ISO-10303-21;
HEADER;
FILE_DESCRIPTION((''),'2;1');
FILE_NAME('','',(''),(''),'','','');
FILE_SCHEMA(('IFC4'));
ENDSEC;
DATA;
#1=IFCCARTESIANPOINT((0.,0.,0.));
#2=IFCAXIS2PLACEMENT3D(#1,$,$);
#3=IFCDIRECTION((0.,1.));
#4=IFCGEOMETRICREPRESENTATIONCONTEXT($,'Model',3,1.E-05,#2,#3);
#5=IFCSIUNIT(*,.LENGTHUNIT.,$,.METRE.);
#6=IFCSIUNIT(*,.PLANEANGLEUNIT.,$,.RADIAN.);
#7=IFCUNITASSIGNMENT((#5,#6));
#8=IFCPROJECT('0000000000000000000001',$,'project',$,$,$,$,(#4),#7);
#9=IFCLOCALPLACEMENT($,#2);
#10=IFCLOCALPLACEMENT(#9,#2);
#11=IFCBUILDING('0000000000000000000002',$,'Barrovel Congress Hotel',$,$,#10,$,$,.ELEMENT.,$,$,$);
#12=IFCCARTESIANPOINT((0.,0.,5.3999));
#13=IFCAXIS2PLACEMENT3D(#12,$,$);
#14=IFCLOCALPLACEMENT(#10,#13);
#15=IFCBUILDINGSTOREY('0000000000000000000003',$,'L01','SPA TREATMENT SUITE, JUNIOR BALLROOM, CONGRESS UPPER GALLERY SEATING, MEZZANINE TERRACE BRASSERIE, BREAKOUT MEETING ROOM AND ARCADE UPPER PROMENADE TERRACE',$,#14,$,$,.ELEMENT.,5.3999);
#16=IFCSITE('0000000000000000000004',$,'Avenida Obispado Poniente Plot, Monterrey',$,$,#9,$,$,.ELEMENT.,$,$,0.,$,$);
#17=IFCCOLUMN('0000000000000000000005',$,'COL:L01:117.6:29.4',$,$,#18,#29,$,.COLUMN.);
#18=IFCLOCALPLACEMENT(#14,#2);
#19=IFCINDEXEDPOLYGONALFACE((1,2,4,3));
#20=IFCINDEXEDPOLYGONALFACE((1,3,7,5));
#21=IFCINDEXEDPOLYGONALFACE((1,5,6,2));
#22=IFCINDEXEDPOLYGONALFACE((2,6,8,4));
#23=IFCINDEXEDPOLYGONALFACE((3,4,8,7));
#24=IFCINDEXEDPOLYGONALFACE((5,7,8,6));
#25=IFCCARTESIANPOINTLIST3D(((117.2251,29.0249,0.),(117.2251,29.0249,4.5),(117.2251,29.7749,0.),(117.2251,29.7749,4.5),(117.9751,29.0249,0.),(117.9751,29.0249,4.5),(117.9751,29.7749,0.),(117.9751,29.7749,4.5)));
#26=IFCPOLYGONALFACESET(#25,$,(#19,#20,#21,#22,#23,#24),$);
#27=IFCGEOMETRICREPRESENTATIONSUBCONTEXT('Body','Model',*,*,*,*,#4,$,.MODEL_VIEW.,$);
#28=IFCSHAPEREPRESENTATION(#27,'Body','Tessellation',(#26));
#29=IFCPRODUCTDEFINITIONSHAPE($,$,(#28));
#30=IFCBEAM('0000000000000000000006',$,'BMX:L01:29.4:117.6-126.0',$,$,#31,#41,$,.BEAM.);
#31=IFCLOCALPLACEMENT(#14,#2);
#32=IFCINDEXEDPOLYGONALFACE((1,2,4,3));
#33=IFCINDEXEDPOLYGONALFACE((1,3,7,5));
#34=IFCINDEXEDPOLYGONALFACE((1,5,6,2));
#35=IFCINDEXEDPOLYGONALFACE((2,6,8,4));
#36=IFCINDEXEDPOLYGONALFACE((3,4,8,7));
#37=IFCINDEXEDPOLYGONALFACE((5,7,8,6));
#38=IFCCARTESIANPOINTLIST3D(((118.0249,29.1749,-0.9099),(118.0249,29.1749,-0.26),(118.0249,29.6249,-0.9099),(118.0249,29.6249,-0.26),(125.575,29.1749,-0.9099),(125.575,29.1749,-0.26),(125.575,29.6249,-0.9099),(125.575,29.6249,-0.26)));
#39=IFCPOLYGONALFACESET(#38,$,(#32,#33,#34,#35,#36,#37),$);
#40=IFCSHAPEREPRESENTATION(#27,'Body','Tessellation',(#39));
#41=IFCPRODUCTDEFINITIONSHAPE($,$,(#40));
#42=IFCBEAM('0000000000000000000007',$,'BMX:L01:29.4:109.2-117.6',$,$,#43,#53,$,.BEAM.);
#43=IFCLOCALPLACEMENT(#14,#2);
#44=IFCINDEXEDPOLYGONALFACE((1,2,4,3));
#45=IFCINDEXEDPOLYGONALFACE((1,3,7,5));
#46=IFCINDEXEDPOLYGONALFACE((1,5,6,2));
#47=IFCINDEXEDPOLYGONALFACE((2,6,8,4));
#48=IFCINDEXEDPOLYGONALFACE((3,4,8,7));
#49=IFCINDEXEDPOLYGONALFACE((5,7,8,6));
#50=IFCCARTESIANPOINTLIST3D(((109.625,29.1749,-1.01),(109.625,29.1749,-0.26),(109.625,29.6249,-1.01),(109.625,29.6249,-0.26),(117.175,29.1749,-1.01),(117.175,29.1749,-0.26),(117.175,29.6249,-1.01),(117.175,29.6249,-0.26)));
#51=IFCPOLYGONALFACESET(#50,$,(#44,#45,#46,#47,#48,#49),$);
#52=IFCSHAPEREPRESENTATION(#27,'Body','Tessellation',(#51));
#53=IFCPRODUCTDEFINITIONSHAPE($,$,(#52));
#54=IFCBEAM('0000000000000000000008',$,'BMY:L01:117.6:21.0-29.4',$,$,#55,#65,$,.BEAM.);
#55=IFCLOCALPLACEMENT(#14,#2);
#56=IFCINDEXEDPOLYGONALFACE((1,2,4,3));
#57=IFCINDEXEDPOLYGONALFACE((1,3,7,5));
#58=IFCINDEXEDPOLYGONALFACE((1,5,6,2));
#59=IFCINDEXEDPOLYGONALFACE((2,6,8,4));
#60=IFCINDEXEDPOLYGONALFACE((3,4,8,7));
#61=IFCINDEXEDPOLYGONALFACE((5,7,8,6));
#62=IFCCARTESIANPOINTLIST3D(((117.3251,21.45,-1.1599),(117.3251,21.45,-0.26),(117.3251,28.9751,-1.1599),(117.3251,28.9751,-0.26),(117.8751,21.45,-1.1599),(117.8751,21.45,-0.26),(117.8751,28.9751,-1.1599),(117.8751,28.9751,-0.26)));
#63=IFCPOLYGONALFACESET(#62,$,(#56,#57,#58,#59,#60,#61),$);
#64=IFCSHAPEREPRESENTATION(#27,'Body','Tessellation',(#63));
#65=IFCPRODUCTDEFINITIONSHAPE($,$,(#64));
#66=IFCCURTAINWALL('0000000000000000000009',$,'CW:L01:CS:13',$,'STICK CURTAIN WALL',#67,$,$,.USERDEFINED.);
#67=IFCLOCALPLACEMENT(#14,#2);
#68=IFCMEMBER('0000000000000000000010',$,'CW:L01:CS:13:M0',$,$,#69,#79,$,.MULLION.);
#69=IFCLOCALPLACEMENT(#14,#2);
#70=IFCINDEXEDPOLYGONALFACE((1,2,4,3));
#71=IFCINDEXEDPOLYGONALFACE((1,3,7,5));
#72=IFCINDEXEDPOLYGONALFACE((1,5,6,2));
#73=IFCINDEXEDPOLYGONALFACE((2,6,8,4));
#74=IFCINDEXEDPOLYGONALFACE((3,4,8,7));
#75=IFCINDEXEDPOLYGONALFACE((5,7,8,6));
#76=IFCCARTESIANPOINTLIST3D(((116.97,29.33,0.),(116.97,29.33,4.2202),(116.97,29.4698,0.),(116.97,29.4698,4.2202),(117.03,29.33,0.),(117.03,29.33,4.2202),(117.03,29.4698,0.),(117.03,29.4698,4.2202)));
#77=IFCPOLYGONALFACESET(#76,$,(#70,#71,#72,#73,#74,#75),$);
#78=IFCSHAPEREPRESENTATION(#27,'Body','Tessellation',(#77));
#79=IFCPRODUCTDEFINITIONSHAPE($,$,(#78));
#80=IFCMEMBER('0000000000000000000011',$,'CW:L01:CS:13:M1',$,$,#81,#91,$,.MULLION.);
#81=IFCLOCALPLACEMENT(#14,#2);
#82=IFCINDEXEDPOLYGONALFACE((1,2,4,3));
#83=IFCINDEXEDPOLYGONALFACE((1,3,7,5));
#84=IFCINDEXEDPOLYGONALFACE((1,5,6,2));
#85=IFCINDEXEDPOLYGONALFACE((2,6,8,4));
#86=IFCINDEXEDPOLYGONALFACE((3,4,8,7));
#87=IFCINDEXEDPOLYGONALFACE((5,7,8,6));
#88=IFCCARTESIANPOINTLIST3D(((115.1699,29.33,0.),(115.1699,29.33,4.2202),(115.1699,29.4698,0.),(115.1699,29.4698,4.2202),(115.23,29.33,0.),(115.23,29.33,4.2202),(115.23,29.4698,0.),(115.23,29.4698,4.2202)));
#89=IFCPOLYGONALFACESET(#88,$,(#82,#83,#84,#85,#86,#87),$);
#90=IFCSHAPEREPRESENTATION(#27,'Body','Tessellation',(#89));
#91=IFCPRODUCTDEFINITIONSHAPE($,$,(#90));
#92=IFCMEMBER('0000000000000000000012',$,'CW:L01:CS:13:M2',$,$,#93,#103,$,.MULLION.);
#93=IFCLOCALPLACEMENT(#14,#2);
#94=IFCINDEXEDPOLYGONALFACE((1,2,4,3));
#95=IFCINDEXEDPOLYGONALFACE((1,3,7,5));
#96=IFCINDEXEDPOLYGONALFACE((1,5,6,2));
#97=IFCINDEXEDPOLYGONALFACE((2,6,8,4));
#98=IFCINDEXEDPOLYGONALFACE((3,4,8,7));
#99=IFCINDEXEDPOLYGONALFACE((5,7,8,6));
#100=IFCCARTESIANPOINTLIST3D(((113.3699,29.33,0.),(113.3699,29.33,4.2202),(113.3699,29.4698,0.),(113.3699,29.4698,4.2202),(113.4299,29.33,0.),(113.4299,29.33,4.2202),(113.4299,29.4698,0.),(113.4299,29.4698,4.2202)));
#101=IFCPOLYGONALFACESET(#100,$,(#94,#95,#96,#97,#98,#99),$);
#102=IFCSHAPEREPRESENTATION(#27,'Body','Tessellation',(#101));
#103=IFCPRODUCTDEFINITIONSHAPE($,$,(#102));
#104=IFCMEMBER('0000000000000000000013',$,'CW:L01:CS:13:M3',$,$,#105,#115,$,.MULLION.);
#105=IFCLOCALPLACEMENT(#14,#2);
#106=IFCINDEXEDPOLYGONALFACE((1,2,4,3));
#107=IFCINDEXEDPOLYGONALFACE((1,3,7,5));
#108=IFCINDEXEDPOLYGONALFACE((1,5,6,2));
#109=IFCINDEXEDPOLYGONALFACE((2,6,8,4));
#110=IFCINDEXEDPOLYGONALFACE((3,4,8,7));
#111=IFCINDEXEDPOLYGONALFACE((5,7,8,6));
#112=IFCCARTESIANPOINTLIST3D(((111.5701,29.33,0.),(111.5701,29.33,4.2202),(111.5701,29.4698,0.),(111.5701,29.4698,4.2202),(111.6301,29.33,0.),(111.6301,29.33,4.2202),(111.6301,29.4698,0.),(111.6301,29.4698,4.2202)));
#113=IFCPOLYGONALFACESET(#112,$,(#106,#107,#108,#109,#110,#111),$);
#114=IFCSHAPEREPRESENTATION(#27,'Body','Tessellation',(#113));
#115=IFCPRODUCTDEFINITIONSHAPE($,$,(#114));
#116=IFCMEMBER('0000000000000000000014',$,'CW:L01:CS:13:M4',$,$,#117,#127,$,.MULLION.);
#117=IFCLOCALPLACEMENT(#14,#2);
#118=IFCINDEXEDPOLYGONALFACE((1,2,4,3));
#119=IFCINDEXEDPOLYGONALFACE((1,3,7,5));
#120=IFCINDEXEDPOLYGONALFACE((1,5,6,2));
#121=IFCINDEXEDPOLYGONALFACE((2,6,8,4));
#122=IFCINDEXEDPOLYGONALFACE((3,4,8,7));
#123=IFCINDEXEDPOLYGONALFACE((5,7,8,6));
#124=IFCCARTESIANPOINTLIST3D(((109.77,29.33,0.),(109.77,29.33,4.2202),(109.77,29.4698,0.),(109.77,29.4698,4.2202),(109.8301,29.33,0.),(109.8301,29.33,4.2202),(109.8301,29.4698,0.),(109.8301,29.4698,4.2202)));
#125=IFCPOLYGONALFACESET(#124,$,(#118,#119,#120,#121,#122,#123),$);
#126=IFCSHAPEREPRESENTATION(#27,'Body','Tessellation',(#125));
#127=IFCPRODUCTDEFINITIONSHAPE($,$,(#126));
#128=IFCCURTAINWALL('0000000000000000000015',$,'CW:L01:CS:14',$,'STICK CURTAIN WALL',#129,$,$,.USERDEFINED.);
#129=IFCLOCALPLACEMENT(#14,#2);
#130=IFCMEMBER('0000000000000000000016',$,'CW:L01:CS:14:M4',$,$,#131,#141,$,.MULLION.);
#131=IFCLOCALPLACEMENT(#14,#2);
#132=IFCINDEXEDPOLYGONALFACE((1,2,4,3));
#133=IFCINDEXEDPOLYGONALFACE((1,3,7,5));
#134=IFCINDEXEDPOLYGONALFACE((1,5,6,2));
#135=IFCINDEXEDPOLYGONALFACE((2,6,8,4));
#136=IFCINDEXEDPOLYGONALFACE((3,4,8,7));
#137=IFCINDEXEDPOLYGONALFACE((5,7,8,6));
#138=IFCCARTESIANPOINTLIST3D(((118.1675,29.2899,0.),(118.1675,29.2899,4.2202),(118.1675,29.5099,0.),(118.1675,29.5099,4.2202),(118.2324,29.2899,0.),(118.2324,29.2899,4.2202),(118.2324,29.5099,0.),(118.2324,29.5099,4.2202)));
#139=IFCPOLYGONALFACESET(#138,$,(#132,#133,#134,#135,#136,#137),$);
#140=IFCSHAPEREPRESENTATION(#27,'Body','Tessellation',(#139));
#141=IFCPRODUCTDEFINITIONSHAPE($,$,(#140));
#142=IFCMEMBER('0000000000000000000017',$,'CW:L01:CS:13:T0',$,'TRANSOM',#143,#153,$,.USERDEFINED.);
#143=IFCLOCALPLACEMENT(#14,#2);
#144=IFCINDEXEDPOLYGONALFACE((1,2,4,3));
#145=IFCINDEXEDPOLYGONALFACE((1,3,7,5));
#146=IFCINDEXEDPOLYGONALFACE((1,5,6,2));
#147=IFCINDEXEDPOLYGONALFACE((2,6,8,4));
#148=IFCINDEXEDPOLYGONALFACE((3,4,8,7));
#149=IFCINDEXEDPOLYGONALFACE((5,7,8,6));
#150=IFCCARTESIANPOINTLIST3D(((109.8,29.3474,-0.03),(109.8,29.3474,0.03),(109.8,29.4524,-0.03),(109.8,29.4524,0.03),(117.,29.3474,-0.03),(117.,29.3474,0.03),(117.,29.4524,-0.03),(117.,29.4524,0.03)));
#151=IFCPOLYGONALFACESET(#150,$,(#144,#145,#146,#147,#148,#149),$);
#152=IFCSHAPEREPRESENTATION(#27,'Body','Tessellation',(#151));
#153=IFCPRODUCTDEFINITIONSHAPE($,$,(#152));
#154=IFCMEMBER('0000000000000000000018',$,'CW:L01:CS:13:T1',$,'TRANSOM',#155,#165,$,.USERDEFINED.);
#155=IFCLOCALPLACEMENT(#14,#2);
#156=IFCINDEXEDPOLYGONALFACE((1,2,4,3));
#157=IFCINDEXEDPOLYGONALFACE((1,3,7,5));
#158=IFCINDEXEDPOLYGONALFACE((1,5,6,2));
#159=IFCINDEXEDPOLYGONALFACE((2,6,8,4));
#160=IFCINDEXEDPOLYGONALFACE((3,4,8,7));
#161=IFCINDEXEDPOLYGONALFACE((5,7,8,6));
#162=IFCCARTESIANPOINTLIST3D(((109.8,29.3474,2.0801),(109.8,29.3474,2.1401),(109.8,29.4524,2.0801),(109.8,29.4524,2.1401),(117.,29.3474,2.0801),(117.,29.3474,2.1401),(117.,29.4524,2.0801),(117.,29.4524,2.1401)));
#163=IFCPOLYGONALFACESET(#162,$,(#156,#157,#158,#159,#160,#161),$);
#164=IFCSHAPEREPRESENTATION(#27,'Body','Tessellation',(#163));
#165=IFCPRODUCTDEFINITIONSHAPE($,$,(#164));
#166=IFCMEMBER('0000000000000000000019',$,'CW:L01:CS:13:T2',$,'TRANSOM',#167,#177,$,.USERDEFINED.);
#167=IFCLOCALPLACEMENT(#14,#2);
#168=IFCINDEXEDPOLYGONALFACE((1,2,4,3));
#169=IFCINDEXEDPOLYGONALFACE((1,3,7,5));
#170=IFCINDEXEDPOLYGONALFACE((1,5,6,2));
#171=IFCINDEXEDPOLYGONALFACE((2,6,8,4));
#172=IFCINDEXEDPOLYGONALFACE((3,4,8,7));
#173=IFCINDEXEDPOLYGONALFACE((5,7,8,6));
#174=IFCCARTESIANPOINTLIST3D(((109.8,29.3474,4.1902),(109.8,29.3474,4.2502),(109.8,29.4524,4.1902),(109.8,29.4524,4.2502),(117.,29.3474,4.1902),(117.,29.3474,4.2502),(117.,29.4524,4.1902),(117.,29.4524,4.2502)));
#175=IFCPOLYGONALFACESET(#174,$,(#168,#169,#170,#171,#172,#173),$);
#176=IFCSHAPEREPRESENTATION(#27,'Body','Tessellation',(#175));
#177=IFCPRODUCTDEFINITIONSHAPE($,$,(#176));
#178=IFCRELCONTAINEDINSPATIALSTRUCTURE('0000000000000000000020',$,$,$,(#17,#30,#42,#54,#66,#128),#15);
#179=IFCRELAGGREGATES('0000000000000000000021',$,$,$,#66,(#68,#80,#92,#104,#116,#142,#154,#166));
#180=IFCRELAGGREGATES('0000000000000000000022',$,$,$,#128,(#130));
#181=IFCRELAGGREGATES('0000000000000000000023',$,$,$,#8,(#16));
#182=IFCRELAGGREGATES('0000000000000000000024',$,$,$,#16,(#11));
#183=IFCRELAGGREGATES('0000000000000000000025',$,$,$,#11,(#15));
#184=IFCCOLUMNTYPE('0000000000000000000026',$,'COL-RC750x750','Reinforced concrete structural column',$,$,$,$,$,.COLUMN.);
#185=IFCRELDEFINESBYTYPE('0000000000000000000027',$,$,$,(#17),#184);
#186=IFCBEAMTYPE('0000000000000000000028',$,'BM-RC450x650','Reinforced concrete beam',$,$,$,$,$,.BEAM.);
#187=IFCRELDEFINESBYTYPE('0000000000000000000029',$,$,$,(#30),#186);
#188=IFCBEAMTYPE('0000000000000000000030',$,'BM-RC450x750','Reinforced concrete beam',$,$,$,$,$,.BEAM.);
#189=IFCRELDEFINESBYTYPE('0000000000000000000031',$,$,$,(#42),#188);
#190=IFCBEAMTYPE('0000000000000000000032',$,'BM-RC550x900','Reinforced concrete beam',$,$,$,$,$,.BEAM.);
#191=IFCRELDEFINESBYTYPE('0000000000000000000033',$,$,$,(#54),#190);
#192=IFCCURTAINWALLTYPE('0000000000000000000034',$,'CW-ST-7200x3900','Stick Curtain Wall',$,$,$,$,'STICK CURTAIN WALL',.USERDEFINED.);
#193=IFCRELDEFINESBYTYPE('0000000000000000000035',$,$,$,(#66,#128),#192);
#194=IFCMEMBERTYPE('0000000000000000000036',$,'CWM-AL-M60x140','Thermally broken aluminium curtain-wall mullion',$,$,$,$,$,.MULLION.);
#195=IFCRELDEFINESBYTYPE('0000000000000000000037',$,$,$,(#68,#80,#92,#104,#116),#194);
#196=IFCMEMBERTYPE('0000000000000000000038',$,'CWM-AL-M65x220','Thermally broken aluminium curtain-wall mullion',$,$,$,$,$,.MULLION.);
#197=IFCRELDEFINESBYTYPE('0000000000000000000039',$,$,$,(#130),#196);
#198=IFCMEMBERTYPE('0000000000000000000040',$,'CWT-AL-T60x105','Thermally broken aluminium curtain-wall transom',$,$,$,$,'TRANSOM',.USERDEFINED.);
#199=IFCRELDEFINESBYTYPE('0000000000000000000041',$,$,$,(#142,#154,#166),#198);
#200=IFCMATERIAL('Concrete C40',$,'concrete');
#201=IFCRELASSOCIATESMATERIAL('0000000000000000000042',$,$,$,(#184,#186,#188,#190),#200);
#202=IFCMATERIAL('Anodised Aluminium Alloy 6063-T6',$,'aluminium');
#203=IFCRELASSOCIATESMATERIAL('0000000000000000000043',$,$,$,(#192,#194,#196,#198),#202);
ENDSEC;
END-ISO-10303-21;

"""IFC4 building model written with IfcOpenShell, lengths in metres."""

from ifc_helpers import new_model, si_unit, direction, frame, origin, origin_2d, place, context, subcontext, project, spatial, rectangle, extrude, material, material_profile, profile_set, type_object, element, aggregate, save


model = new_model("IFC4")

# Units and contexts
model_context = context("Model", 3, precision=1e-05, world=origin(), true_north=direction((0.0, 1.0)))
body_context = subcontext(model_context, "Body", "Model", "MODEL_VIEW")
ifc_project = project(units=[si_unit("LENGTHUNIT", "METRE"), si_unit("PLANEANGLEUNIT", "RADIAN")], contexts=[model_context])

# Site, building, storey
site_placement = place(None, origin())
site = spatial("IfcSite", under=ifc_project, at=site_placement, Name="Avenida Obispado Poniente Plot, Monterrey", CompositionType="ELEMENT", RefElevation=0.0)
building_placement = place(site_placement, origin())
building = spatial("IfcBuilding", under=site, at=building_placement, Name="Barrovel Congress Hotel", CompositionType="ELEMENT")
storey_placement = place(building_placement, frame((0.0, 0.0, 5.3999)))
storey = spatial("IfcBuildingStorey", under=building, at=storey_placement, Name="L01", Description="SPA TREATMENT SUITE, JUNIOR BALLROOM, CONGRESS UPPER GALLERY SEATING, MEZZANINE TERRACE BRASSERIE, BREAKOUT MEETING ROOM AND ARCADE UPPER PROMENADE TERRACE", CompositionType="ELEMENT", Elevation=5.3999)

# Column
ifc_material_1 = material(Name="Concrete C40", Category="concrete")
ifc_material_profile_1 = material_profile(ifc_material_1, rectangle(XDim=0.75, YDim=0.75, at=origin_2d()), Name="RC750x750")
ifc_profile_set_1 = profile_set([ifc_material_profile_1], Name="Concrete C40")
column_type = type_object("IfcColumnType", Name="COL-RC750x750", Description="Reinforced concrete structural column", PredefinedType="COLUMN", material=ifc_profile_set_1)
column_placement = place(storey_placement, frame((117.6001, 29.3999, 0.0), z_axis=(0.0, 0.0, 1.0), x_axis=(1.0, 0.0, 0.0)))
element("IfcColumn", 1, at=column_placement, inside=storey, type_object=column_type, Name="COL:L01:117.6:29.4", PredefinedType="COLUMN", context=body_context, shape_type="SweptSolid", body=[
    extrude(rectangle(XDim=0.75, YDim=0.75, at=origin_2d()), origin(), (0.0, 0.0, 1.0), 4.5),
])

# Beams
ifc_material_profile_2 = material_profile(ifc_material_1, rectangle(XDim=0.45, YDim=0.6499, at=origin_2d()), Name="RC450x650")
ifc_profile_set_2 = profile_set([ifc_material_profile_2], Name="Concrete C40")
beam_type_1 = type_object("IfcBeamType", Name="BM-RC450x650", Description="Reinforced concrete beam", PredefinedType="BEAM", material=ifc_profile_set_2)
beam_1_placement = place(storey_placement, frame((118.0249, 29.3999, -0.585), z_axis=(1.0, 0.0, 0.0), x_axis=(0.0, 1.0, 0.0)))
element("IfcBeam", 2, at=beam_1_placement, inside=storey, type_object=beam_type_1, Name="BMX:L01:29.4:117.6-126.0", PredefinedType="BEAM", context=body_context, shape_type="SweptSolid", body=[
    extrude(rectangle(XDim=0.45, YDim=0.6499, at=origin_2d()), origin(), (0.0, 0.0, 1.0), 7.55),
])
ifc_material_profile_3 = material_profile(ifc_material_1, rectangle(XDim=0.45, YDim=0.75, at=origin_2d()), Name="RC450x750")
ifc_profile_set_3 = profile_set([ifc_material_profile_3], Name="Concrete C40")
beam_type_2 = type_object("IfcBeamType", Name="BM-RC450x750", Description="Reinforced concrete beam", PredefinedType="BEAM", material=ifc_profile_set_3)
beam_2_placement = place(storey_placement, frame((109.625, 29.3999, -0.635), z_axis=(1.0, 0.0, 0.0), x_axis=(0.0, 1.0, 0.0)))
element("IfcBeam", 3, at=beam_2_placement, inside=storey, type_object=beam_type_2, Name="BMX:L01:29.4:109.2-117.6", PredefinedType="BEAM", context=body_context, shape_type="SweptSolid", body=[
    extrude(rectangle(XDim=0.45, YDim=0.75, at=origin_2d()), origin(), (0.0, 0.0, 1.0), 7.55),
])
ifc_material_profile_4 = material_profile(ifc_material_1, rectangle(XDim=0.55, YDim=0.8999, at=origin_2d()), Name="RC550x900")
ifc_profile_set_4 = profile_set([ifc_material_profile_4], Name="Concrete C40")
beam_type_3 = type_object("IfcBeamType", Name="BM-RC550x900", Description="Reinforced concrete beam", PredefinedType="BEAM", material=ifc_profile_set_4)
beam_3_placement = place(storey_placement, frame((117.6001, 21.45, -0.71), z_axis=(0.0, 1.0, 0.0), x_axis=(-1.0, 0.0, 0.0)))
element("IfcBeam", 4, at=beam_3_placement, inside=storey, type_object=beam_type_3, Name="BMY:L01:117.6:21.0-29.4", PredefinedType="BEAM", context=body_context, shape_type="SweptSolid", body=[
    extrude(rectangle(XDim=0.55, YDim=0.8999, at=origin_2d()), origin(), (0.0, 0.0, 1.0), 7.5251),
])

# Curtain wall, members
ifc_material_2 = material(Name="Anodised Aluminium Alloy 6063-T6", Category="aluminium")
curtain_wall_type = type_object("IfcCurtainWallType", Name="CW-ST-7200x3900", Description="Stick Curtain Wall", ElementType="STICK CURTAIN WALL", PredefinedType="USERDEFINED", material=ifc_material_2)
curtain_wall_1_placement = place(storey_placement, origin())
curtain_wall_1 = element("IfcCurtainWall", 5, at=curtain_wall_1_placement, inside=storey, type_object=curtain_wall_type, Name="CW:L01:CS:13", ObjectType="STICK CURTAIN WALL", PredefinedType="USERDEFINED")
ifc_material_profile_5 = material_profile(ifc_material_2, rectangle(XDim=0.0601, YDim=0.1399, at=origin_2d()), Name="AL-M60x140")
ifc_profile_set_5 = profile_set([ifc_material_profile_5], Name="Anodised Aluminium Alloy 6063-T6")
member_type_1 = type_object("IfcMemberType", Name="CWM-AL-M60x140", Description="Thermally broken aluminium curtain-wall mullion", PredefinedType="MULLION", material=ifc_profile_set_5)
member_1_placement = place(storey_placement, frame((117.0, 29.3999, 0.0), z_axis=(0.0, 0.0, 1.0), x_axis=(1.0, 0.0, 0.0)))
member_1 = element("IfcMember", 6, at=member_1_placement, type_object=member_type_1, Name="CW:L01:CS:13:M0", PredefinedType="MULLION", context=body_context, shape_type="SweptSolid", body=[
    extrude(rectangle(XDim=0.0601, YDim=0.1399, at=origin_2d()), origin(), (0.0, 0.0, 1.0), 4.2202),
])
member_2_placement = place(storey_placement, frame((115.2, 29.3999, 0.0), z_axis=(0.0, 0.0, 1.0), x_axis=(1.0, 0.0, 0.0)))
member_2 = element("IfcMember", 7, at=member_2_placement, type_object=member_type_1, Name="CW:L01:CS:13:M1", PredefinedType="MULLION", context=body_context, shape_type="SweptSolid", body=[
    extrude(rectangle(XDim=0.0601, YDim=0.1399, at=origin_2d()), origin(), (0.0, 0.0, 1.0), 4.2202),
])
member_3_placement = place(storey_placement, frame((113.3999, 29.3999, 0.0), z_axis=(0.0, 0.0, 1.0), x_axis=(1.0, 0.0, 0.0)))
member_3 = element("IfcMember", 8, at=member_3_placement, type_object=member_type_1, Name="CW:L01:CS:13:M2", PredefinedType="MULLION", context=body_context, shape_type="SweptSolid", body=[
    extrude(rectangle(XDim=0.0601, YDim=0.1399, at=origin_2d()), origin(), (0.0, 0.0, 1.0), 4.2202),
])
member_4_placement = place(storey_placement, frame((111.6001, 29.3999, 0.0), z_axis=(0.0, 0.0, 1.0), x_axis=(1.0, 0.0, 0.0)))
member_4 = element("IfcMember", 9, at=member_4_placement, type_object=member_type_1, Name="CW:L01:CS:13:M3", PredefinedType="MULLION", context=body_context, shape_type="SweptSolid", body=[
    extrude(rectangle(XDim=0.0601, YDim=0.1399, at=origin_2d()), origin(), (0.0, 0.0, 1.0), 4.2202),
])
member_5_placement = place(storey_placement, frame((109.8, 29.3999, 0.0), z_axis=(0.0, 0.0, 1.0), x_axis=(1.0, 0.0, 0.0)))
member_5 = element("IfcMember", 10, at=member_5_placement, type_object=member_type_1, Name="CW:L01:CS:13:M4", PredefinedType="MULLION", context=body_context, shape_type="SweptSolid", body=[
    extrude(rectangle(XDim=0.0601, YDim=0.1399, at=origin_2d()), origin(), (0.0, 0.0, 1.0), 4.2202),
])

# Curtain wall, member
curtain_wall_2_placement = place(storey_placement, origin())
curtain_wall_2 = element("IfcCurtainWall", 11, at=curtain_wall_2_placement, inside=storey, type_object=curtain_wall_type, Name="CW:L01:CS:14", ObjectType="STICK CURTAIN WALL", PredefinedType="USERDEFINED")
ifc_material_profile_6 = material_profile(ifc_material_2, rectangle(XDim=0.0649, YDim=0.22, at=origin_2d()), Name="AL-M65x220")
ifc_profile_set_6 = profile_set([ifc_material_profile_6], Name="Anodised Aluminium Alloy 6063-T6")
member_type_2 = type_object("IfcMemberType", Name="CWM-AL-M65x220", Description="Thermally broken aluminium curtain-wall mullion", PredefinedType="MULLION", material=ifc_profile_set_6)
member_6_placement = place(storey_placement, frame((118.2, 29.3999, 0.0), z_axis=(0.0, 0.0, 1.0), x_axis=(1.0, 0.0, 0.0)))
member_6 = element("IfcMember", 12, at=member_6_placement, type_object=member_type_2, Name="CW:L01:CS:14:M4", PredefinedType="MULLION", context=body_context, shape_type="SweptSolid", body=[
    extrude(rectangle(XDim=0.0649, YDim=0.22, at=origin_2d()), origin(), (0.0, 0.0, 1.0), 4.2202),
])

# Members
ifc_material_profile_7 = material_profile(ifc_material_2, rectangle(XDim=0.105, YDim=0.0601, at=origin_2d()), Name="AL-T60x105")
ifc_profile_set_7 = profile_set([ifc_material_profile_7], Name="Anodised Aluminium Alloy 6063-T6")
member_type_3 = type_object("IfcMemberType", Name="CWT-AL-T60x105", Description="Thermally broken aluminium curtain-wall transom", ElementType="TRANSOM", PredefinedType="USERDEFINED", material=ifc_profile_set_7)
member_7_placement = place(storey_placement, frame((117.0, 29.3999, 0.0), z_axis=(-1.0, 0.0, 0.0), x_axis=(0.0, -1.0, 0.0)))
member_7 = element("IfcMember", 13, at=member_7_placement, type_object=member_type_3, Name="CW:L01:CS:13:T0", ObjectType="TRANSOM", PredefinedType="USERDEFINED", context=body_context, shape_type="SweptSolid", body=[
    extrude(rectangle(XDim=0.105, YDim=0.0601, at=origin_2d()), origin(), (0.0, 0.0, 1.0), 7.2),
])
member_8_placement = place(storey_placement, frame((117.0, 29.3999, 2.1101), z_axis=(-1.0, 0.0, 0.0), x_axis=(0.0, -1.0, 0.0)))
member_8 = element("IfcMember", 14, at=member_8_placement, type_object=member_type_3, Name="CW:L01:CS:13:T1", ObjectType="TRANSOM", PredefinedType="USERDEFINED", context=body_context, shape_type="SweptSolid", body=[
    extrude(rectangle(XDim=0.105, YDim=0.0601, at=origin_2d()), origin(), (0.0, 0.0, 1.0), 7.2),
])
member_9_placement = place(storey_placement, frame((117.0, 29.3999, 4.2202), z_axis=(-1.0, 0.0, 0.0), x_axis=(0.0, -1.0, 0.0)))
member_9 = element("IfcMember", 15, at=member_9_placement, type_object=member_type_3, Name="CW:L01:CS:13:T2", ObjectType="TRANSOM", PredefinedType="USERDEFINED", context=body_context, shape_type="SweptSolid", body=[
    extrude(rectangle(XDim=0.105, YDim=0.0601, at=origin_2d()), origin(), (0.0, 0.0, 1.0), 7.2),
])

aggregate(curtain_wall_1, [member_1, member_2, member_3, member_4, member_5, member_7, member_8, member_9])
aggregate(curtain_wall_2, [member_6])

save(model, "model.ifc")
